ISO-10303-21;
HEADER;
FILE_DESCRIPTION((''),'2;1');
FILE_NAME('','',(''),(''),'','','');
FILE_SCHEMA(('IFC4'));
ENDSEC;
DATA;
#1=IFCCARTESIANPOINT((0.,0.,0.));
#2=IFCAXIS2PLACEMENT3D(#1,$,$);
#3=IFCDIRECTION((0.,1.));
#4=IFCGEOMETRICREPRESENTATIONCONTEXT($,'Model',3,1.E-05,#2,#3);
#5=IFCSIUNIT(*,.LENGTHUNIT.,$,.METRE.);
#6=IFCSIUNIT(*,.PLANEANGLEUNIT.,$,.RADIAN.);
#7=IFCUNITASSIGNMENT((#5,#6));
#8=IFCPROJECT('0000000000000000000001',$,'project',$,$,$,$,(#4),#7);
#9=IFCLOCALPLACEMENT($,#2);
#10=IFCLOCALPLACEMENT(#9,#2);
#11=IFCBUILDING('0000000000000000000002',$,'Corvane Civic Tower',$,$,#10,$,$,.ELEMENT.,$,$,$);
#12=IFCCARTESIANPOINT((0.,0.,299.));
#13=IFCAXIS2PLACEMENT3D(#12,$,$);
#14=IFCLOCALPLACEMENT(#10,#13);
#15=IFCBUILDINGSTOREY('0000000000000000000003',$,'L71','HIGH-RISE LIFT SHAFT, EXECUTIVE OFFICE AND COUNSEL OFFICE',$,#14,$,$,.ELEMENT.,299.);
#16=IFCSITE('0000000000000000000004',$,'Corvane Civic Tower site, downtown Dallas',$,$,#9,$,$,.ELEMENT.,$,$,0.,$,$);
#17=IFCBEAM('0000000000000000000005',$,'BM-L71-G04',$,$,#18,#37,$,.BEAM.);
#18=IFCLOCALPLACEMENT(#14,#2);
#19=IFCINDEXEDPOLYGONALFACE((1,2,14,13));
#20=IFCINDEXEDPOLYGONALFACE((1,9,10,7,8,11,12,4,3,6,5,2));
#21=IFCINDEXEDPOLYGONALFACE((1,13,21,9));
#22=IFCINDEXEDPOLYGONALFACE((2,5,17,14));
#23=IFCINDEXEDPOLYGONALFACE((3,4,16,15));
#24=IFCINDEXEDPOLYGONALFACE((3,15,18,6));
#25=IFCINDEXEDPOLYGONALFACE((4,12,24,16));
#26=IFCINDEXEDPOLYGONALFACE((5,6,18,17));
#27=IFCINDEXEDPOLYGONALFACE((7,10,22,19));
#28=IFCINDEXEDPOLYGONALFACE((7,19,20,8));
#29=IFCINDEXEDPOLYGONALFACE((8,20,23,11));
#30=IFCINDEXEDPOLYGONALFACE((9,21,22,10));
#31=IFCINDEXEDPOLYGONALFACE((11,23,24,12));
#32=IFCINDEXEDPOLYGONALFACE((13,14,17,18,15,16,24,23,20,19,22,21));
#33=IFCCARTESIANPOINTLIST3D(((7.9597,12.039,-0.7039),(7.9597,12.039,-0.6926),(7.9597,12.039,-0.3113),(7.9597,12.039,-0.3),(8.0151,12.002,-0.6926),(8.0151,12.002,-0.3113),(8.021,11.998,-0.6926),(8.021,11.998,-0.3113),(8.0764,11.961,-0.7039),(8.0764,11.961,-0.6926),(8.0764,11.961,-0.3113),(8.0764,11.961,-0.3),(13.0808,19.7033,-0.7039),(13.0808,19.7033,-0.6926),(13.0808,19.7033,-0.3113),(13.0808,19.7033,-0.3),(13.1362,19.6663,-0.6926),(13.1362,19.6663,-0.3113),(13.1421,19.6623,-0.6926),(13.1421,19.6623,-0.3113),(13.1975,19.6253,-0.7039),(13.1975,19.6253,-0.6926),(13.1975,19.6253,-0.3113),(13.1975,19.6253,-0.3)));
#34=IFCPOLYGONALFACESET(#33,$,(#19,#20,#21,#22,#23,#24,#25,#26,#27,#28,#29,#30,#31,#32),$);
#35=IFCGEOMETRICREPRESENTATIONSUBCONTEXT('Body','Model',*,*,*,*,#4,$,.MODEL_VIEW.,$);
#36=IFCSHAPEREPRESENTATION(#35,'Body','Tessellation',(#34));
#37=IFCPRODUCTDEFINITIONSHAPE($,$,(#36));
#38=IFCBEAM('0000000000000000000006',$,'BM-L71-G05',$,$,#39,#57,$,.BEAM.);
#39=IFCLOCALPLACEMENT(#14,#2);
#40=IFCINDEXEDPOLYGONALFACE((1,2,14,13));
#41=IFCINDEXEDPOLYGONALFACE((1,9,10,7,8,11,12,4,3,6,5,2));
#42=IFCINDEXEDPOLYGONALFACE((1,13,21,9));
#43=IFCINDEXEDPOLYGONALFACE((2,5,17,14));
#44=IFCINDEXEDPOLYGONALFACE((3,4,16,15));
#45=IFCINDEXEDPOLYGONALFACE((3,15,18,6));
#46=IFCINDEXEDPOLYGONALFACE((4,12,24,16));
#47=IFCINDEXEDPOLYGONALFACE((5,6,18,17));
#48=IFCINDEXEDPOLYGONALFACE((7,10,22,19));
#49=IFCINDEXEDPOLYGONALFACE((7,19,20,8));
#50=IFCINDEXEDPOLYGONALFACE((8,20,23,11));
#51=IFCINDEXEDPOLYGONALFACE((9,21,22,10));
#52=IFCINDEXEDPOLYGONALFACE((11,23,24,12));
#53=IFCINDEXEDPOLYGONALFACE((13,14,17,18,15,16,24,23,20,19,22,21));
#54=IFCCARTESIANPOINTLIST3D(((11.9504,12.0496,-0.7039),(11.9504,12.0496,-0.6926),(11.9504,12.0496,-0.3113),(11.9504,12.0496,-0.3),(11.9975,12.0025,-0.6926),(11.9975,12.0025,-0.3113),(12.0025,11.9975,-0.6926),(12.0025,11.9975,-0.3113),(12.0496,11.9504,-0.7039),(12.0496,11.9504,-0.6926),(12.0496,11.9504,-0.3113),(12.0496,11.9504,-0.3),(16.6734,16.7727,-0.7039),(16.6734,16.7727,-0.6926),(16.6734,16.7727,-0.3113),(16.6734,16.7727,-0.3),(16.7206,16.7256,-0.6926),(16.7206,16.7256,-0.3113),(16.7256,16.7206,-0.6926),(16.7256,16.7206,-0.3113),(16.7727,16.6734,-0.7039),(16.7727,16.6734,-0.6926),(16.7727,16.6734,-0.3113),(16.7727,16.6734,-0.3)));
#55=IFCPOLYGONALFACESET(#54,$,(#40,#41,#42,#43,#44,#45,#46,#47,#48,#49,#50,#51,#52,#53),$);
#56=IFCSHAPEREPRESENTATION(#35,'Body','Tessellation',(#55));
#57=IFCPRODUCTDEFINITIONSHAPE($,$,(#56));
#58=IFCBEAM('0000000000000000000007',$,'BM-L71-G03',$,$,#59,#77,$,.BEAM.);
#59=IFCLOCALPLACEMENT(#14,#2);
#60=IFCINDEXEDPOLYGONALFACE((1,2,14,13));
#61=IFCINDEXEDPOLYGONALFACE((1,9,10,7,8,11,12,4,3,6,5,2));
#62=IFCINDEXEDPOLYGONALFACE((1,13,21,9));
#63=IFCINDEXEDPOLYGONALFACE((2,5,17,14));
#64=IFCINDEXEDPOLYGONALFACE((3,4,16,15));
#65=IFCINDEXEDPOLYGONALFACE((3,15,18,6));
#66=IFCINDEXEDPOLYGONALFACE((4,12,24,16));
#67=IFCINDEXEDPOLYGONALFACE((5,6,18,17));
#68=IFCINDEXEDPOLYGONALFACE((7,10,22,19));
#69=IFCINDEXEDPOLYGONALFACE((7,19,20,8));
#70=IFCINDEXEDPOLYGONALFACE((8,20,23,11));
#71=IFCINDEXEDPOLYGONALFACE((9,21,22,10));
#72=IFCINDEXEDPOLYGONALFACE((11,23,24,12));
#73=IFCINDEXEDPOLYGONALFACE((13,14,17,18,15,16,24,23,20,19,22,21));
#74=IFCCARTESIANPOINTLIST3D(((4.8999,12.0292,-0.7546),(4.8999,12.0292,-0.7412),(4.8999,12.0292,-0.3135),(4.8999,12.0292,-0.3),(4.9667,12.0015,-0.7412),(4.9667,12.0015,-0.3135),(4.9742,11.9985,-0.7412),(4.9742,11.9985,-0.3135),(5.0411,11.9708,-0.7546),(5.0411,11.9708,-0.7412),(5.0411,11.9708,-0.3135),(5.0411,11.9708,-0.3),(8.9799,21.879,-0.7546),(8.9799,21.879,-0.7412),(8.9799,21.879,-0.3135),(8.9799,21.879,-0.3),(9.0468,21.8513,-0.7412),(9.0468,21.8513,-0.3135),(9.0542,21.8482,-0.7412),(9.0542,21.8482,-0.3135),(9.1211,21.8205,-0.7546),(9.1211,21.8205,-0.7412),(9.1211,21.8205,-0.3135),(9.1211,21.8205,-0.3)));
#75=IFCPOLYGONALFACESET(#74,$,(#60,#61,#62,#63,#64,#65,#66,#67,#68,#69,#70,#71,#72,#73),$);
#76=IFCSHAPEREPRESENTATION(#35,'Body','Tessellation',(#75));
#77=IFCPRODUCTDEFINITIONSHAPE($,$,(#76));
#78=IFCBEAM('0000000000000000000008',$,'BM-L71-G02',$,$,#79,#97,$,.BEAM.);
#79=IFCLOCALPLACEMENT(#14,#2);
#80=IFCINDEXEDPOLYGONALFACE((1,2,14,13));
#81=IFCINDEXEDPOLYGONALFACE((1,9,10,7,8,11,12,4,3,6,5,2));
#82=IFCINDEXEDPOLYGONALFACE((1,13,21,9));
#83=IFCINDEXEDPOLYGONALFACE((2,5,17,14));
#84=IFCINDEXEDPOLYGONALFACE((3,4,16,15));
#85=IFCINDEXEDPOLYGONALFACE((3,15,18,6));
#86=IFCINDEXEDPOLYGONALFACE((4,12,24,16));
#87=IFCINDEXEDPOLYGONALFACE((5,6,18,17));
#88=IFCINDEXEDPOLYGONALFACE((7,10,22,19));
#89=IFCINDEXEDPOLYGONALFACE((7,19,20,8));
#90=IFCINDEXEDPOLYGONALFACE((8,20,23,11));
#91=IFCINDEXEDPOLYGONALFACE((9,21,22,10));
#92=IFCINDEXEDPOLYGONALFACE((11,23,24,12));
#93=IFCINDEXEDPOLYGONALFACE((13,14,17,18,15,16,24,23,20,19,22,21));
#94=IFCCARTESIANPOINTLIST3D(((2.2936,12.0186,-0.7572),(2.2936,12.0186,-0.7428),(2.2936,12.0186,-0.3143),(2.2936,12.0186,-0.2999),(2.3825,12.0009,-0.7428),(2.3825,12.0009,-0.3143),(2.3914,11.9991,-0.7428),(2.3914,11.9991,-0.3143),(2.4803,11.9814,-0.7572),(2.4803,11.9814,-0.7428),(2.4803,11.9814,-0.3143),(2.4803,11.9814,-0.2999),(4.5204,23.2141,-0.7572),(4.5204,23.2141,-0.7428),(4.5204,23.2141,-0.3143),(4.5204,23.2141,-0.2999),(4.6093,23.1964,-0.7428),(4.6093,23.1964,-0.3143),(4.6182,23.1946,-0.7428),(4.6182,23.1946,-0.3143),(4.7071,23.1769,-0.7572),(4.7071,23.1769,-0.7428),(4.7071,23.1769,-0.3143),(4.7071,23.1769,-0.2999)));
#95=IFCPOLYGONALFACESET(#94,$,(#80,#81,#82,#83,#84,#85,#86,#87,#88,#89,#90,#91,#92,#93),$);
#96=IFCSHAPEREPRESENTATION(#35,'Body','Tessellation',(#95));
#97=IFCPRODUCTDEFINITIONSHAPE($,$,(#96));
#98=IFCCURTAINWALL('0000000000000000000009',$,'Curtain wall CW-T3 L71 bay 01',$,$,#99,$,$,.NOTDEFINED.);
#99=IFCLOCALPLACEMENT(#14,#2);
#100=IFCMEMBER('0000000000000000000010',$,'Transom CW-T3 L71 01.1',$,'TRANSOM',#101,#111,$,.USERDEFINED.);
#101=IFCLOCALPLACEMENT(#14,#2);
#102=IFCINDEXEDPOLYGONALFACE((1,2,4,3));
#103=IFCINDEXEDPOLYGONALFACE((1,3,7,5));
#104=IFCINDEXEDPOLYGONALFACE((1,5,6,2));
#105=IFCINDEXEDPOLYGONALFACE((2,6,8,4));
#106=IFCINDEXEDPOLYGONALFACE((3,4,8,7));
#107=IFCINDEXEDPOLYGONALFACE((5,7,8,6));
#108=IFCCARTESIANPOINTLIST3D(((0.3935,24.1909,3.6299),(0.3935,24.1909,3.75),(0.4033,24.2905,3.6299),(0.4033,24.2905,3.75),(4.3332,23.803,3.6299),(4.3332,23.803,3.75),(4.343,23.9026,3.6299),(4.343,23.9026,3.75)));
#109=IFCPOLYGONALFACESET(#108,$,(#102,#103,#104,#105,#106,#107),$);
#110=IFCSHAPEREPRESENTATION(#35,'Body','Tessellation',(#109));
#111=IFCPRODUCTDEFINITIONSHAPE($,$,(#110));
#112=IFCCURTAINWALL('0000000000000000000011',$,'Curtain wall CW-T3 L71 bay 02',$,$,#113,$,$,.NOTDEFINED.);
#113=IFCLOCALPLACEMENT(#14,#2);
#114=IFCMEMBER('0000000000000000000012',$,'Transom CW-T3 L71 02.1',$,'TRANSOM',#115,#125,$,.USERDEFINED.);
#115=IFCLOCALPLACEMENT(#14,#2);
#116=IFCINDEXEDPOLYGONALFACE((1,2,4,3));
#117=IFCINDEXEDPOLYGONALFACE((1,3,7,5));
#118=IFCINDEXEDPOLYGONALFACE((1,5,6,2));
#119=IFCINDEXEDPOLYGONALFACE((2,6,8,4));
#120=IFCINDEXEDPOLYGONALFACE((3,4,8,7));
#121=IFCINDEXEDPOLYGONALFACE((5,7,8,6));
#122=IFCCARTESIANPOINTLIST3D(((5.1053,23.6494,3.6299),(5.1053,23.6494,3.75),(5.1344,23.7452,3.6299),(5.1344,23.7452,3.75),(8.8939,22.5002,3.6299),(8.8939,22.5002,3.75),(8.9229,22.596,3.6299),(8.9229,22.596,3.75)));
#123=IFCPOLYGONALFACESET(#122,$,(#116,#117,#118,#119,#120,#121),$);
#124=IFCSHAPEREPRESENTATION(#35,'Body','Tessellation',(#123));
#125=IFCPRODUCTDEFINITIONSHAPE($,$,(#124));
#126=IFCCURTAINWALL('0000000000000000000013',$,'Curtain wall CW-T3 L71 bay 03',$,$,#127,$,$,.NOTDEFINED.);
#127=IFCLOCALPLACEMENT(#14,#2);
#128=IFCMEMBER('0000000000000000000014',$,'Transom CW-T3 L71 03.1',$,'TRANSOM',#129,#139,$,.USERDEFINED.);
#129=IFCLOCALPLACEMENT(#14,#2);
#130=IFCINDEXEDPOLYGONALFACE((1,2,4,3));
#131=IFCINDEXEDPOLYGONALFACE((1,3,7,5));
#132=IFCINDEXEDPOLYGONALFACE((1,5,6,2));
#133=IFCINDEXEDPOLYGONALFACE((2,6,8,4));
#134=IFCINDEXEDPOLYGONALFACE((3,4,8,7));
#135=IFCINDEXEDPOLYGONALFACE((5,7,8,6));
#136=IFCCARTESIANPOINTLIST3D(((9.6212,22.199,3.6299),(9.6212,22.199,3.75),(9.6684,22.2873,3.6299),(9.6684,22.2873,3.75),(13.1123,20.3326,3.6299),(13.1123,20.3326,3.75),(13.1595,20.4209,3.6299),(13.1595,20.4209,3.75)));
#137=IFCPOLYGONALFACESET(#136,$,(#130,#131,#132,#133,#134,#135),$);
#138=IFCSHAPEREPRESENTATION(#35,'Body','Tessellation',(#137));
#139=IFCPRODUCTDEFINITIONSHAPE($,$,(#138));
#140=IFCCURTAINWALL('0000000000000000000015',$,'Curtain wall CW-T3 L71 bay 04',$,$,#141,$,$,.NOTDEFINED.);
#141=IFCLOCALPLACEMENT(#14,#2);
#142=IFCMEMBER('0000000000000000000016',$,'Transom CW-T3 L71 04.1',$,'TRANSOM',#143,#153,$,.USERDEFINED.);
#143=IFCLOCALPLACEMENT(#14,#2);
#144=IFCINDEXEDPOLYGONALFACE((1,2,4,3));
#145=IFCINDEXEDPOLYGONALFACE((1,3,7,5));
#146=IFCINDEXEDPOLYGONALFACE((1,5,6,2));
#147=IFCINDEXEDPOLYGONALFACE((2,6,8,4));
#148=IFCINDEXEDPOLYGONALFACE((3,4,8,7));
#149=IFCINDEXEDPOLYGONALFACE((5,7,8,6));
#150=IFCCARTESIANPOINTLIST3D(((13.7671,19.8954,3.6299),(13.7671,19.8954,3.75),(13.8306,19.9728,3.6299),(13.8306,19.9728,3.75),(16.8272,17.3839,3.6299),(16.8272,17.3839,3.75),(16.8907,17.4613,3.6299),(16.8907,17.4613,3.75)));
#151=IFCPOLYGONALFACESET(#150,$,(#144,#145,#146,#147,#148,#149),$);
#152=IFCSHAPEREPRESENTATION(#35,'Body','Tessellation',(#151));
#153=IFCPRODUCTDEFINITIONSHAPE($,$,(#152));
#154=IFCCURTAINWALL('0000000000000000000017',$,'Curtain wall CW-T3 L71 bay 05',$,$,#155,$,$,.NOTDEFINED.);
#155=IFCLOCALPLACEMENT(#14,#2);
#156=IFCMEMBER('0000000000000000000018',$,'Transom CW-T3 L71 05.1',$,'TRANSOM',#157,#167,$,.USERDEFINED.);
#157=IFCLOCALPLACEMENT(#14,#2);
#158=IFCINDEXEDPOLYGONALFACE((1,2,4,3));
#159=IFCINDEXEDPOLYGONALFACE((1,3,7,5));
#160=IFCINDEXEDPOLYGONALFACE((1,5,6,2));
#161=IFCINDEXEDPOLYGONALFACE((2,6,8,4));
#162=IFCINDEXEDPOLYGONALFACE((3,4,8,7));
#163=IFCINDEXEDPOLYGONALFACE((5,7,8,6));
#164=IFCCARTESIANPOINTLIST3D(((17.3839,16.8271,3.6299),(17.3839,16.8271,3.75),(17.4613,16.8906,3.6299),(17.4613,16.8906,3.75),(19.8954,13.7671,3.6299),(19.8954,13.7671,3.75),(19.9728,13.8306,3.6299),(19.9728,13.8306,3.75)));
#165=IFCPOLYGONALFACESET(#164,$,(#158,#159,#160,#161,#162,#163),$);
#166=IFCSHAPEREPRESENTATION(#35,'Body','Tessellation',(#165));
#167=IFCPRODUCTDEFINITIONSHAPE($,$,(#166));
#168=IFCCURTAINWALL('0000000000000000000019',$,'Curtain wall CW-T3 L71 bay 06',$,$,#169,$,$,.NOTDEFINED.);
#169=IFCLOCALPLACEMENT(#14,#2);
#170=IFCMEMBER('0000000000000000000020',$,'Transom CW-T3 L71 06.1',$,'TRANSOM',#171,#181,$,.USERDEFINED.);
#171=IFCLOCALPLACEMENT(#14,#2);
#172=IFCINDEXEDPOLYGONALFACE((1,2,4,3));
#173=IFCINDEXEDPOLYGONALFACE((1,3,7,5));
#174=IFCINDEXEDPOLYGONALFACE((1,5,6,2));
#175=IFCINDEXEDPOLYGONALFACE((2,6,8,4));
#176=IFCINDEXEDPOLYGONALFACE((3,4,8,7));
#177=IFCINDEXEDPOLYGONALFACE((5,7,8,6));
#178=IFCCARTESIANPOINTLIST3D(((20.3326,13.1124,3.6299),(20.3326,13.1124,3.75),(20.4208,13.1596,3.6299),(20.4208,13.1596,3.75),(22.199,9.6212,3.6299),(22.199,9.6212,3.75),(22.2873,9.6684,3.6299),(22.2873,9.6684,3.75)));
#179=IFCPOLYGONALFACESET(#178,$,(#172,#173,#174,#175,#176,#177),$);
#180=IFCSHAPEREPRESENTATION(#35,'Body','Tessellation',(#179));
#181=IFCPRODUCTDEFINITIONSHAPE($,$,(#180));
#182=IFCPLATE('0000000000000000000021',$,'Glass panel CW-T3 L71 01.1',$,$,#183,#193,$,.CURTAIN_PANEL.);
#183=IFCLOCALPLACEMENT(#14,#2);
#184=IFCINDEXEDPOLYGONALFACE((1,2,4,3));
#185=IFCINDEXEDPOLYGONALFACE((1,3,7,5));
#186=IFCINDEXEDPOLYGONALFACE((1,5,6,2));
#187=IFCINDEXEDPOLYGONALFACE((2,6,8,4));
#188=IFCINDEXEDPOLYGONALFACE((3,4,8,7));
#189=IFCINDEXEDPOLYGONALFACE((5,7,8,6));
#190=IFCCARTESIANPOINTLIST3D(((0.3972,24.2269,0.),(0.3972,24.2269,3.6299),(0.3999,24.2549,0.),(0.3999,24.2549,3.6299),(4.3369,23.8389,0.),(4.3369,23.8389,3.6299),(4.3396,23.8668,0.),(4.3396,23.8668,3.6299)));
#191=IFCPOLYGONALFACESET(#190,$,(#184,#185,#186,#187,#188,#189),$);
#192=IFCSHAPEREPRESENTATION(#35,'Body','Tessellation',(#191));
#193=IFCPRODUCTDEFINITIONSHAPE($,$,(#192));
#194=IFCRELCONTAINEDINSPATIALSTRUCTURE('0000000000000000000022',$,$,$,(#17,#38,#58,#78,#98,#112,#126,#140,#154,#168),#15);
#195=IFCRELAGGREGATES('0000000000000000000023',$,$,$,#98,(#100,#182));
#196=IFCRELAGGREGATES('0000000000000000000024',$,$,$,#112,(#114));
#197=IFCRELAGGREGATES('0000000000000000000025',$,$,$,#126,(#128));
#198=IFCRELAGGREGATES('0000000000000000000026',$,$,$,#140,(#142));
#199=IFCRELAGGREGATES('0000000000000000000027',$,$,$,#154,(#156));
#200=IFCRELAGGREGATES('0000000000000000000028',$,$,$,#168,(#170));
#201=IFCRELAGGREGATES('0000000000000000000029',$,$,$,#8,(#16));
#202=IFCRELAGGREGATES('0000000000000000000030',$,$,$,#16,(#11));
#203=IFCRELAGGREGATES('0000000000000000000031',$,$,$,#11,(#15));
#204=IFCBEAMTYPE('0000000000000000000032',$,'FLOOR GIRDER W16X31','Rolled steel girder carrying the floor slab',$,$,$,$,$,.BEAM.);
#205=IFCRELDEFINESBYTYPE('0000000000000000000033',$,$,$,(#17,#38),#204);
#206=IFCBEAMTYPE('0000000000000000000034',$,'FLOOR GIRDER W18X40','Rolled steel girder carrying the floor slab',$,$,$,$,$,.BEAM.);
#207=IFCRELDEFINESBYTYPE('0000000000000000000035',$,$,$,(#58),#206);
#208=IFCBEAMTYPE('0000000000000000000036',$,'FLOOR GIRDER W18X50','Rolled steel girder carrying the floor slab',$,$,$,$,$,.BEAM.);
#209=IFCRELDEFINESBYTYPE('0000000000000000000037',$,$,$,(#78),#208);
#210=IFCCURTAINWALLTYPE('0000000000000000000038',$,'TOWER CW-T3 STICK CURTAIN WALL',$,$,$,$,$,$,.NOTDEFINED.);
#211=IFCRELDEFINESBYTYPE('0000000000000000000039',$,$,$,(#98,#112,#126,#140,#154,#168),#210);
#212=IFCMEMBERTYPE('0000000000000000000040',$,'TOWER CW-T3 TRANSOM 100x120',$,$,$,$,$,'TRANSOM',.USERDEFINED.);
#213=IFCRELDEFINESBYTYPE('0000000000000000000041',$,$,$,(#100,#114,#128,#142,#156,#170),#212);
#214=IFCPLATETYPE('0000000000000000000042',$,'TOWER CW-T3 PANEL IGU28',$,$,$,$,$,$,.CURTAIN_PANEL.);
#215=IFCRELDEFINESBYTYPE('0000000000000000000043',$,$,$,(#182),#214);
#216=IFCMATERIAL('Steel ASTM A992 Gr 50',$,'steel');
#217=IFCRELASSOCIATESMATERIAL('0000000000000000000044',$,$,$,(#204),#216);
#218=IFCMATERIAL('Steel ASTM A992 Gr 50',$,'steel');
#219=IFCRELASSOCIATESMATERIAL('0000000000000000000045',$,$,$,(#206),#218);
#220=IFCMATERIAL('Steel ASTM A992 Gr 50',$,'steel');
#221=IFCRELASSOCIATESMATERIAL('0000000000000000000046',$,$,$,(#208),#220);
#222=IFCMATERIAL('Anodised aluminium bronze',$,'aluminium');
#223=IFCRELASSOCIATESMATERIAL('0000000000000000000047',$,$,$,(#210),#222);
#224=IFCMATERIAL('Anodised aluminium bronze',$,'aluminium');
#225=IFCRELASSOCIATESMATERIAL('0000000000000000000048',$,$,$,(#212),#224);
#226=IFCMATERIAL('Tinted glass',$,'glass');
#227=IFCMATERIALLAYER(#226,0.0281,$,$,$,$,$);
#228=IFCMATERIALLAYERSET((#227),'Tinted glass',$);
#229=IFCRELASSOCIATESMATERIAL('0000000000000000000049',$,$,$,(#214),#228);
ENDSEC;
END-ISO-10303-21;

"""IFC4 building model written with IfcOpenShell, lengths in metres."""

from ifc_helpers import new_model, si_unit, direction, frame, origin, origin_2d, place, context, subcontext, project, spatial, rectangle, i_section, extrude, material, layer, layer_set, material_profile, profile_set, type_object, element, aggregate, save


model = new_model("IFC4")

# Units and contexts
model_context = context("Model", 3, precision=1e-05, world=origin(), true_north=direction((0.0, 1.0)))
body_context = subcontext(model_context, "Body", "Model", "MODEL_VIEW")
ifc_project = project(units=[si_unit("LENGTHUNIT", "METRE"), si_unit("PLANEANGLEUNIT", "RADIAN")], contexts=[model_context])

# Site, building, storey
site_placement = place(None, origin())
site = spatial("IfcSite", under=ifc_project, at=site_placement, Name="Corvane Civic Tower site, downtown Dallas", CompositionType="ELEMENT", RefElevation=0.0)
building_placement = place(site_placement, origin())
building = spatial("IfcBuilding", under=site, at=building_placement, Name="Corvane Civic Tower", CompositionType="ELEMENT")
storey_placement = place(building_placement, frame((0.0, 0.0, 299.0)))
storey = spatial("IfcBuildingStorey", under=building, at=storey_placement, Name="L71", Description="HIGH-RISE LIFT SHAFT, EXECUTIVE OFFICE AND COUNSEL OFFICE", CompositionType="ELEMENT", Elevation=299.0)

# Beams
ifc_material_1 = material(Name="Steel ASTM A992 Gr 50", Category="steel")
ifc_material_profile_1 = material_profile(ifc_material_1, i_section(OverallWidth=0.1404, OverallDepth=0.4038, WebThickness=0.0071, FlangeThickness=0.0112, at=origin_2d()), Name="W16X31")
ifc_profile_set_1 = profile_set([ifc_material_profile_1], Name="Steel ASTM A992 Gr 50")
beam_type_1 = type_object("IfcBeamType", Name="FLOOR GIRDER W16X31", Description="Rolled steel girder carrying the floor slab", PredefinedType="BEAM", material=ifc_profile_set_1)
beam_1_placement = place(storey_placement, frame((8.0181, 12.0, -0.502), z_axis=(0.555568, 0.831471, 0.0), x_axis=(-0.831471, 0.555568, 0.0)))
element("IfcBeam", 1, at=beam_1_placement, inside=storey, type_object=beam_type_1, Name="BM-L71-G04", PredefinedType="BEAM", context=body_context, shape_type="SweptSolid", body=[
    extrude(i_section(OverallWidth=0.1404, OverallDepth=0.4038, WebThickness=0.0071, FlangeThickness=0.0112, at=origin_2d()), origin(), (0.0, 0.0, 1.0), 9.2178),
])
beam_2_placement = place(storey_placement, frame((12.0, 12.0, -0.502), z_axis=(0.707107, 0.707107, 0.0), x_axis=(-0.707107, 0.707107, 0.0)))
element("IfcBeam", 2, at=beam_2_placement, inside=storey, type_object=beam_type_1, Name="BM-L71-G05", PredefinedType="BEAM", context=body_context, shape_type="SweptSolid", body=[
    extrude(i_section(OverallWidth=0.1404, OverallDepth=0.4038, WebThickness=0.0071, FlangeThickness=0.0112, at=origin_2d()), origin(), (0.0, 0.0, 1.0), 6.6794),
])
ifc_material_2 = material(Name="Steel ASTM A992 Gr 50", Category="steel")
ifc_material_profile_2 = material_profile(ifc_material_2, i_section(OverallWidth=0.1528, OverallDepth=0.4546, WebThickness=0.0081, FlangeThickness=0.0134, at=origin_2d()), Name="W18X40")
ifc_profile_set_2 = profile_set([ifc_material_profile_2], Name="Steel ASTM A992 Gr 50")
beam_type_2 = type_object("IfcBeamType", Name="FLOOR GIRDER W18X40", Description="Rolled steel girder carrying the floor slab", PredefinedType="BEAM", material=ifc_profile_set_2)
beam_3_placement = place(storey_placement, frame((4.9705, 12.0, -0.5273), z_axis=(0.382694, 0.923875, 0.0), x_axis=(-0.923875, 0.382694, 0.0)))
element("IfcBeam", 3, at=beam_3_placement, inside=storey, type_object=beam_type_2, Name="BM-L71-G03", PredefinedType="BEAM", context=body_context, shape_type="SweptSolid", body=[
    extrude(i_section(OverallWidth=0.1528, OverallDepth=0.4546, WebThickness=0.0081, FlangeThickness=0.0134, at=origin_2d()), origin(), (0.0, 0.0, 1.0), 10.6614),
])
ifc_material_3 = material(Name="Steel ASTM A992 Gr 50", Category="steel")
ifc_material_profile_3 = material_profile(ifc_material_3, i_section(OverallWidth=0.1904, OverallDepth=0.4573, WebThickness=0.009, FlangeThickness=0.0144, at=origin_2d()), Name="W18X50")
ifc_profile_set_3 = profile_set([ifc_material_profile_3], Name="Steel ASTM A992 Gr 50")
beam_type_3 = type_object("IfcBeamType", Name="FLOOR GIRDER W18X50", Description="Rolled steel girder carrying the floor slab", PredefinedType="BEAM", material=ifc_profile_set_3)
beam_4_placement = place(storey_placement, frame((2.387, 12.0, -0.5286), z_axis=(0.19508, 0.980787, 0.0), x_axis=(-0.980787, 0.19508, 0.0)))
element("IfcBeam", 4, at=beam_4_placement, inside=storey, type_object=beam_type_3, Name="BM-L71-G02", PredefinedType="BEAM", context=body_context, shape_type="SweptSolid", body=[
    extrude(i_section(OverallWidth=0.1904, OverallDepth=0.4573, WebThickness=0.009, FlangeThickness=0.0144, at=origin_2d()), origin(), (0.0, 0.0, 1.0), 11.4148),
])

# Curtain walls, members
ifc_material_4 = material(Name="Anodised aluminium bronze", Category="aluminium")
curtain_wall_type = type_object("IfcCurtainWallType", Name="TOWER CW-T3 STICK CURTAIN WALL", PredefinedType="NOTDEFINED", material=ifc_material_4)
curtain_wall_1_placement = place(storey_placement, origin())
curtain_wall_1 = element("IfcCurtainWall", 5, at=curtain_wall_1_placement, inside=storey, type_object=curtain_wall_type, Name="Curtain wall CW-T3 L71 bay 01", PredefinedType="NOTDEFINED")
ifc_material_5 = material(Name="Anodised aluminium bronze", Category="aluminium")
ifc_material_profile_4 = material_profile(ifc_material_5, rectangle(XDim=0.1001, YDim=0.1201, at=origin_2d()), Name="TOWER CW-T3 TRANSOM 100x120")
ifc_profile_set_4 = profile_set([ifc_material_profile_4], Name="Anodised aluminium bronze")
member_type = type_object("IfcMemberType", Name="TOWER CW-T3 TRANSOM 100x120", ElementType="TRANSOM", PredefinedType="USERDEFINED", material=ifc_profile_set_4)
member_1_placement = place(storey_placement, frame((0.3984, 24.2407, 3.6899), z_axis=(0.995187, -0.097995, 0.0), x_axis=(0.097995, 0.995187, 0.0)))
member_1 = element("IfcMember", 6, at=member_1_placement, type_object=member_type, Name="Transom CW-T3 L71 01.1", ObjectType="TRANSOM", PredefinedType="USERDEFINED", context=body_context, shape_type="SweptSolid", body=[
    extrude(rectangle(XDim=0.1001, YDim=0.1201, at=origin_2d()), origin(), (0.0, 0.0, 1.0), 3.9587),
])
curtain_wall_2_placement = place(storey_placement, origin())
curtain_wall_2 = element("IfcCurtainWall", 7, at=curtain_wall_2_placement, inside=storey, type_object=curtain_wall_type, Name="Curtain wall CW-T3 L71 bay 02", PredefinedType="NOTDEFINED")
member_2_placement = place(storey_placement, frame((5.1199, 23.6973, 3.6899), z_axis=(0.956946, -0.290266, 0.0), x_axis=(0.290266, 0.956946, 0.0)))
member_2 = element("IfcMember", 8, at=member_2_placement, type_object=member_type, Name="Transom CW-T3 L71 02.1", ObjectType="TRANSOM", PredefinedType="USERDEFINED", context=body_context, shape_type="SweptSolid", body=[
    extrude(rectangle(XDim=0.1001, YDim=0.1201, at=origin_2d()), origin(), (0.0, 0.0, 1.0), 3.959),
])
curtain_wall_3_placement = place(storey_placement, origin())
curtain_wall_3 = element("IfcCurtainWall", 9, at=curtain_wall_3_placement, inside=storey, type_object=curtain_wall_type, Name="Curtain wall CW-T3 L71 bay 03", PredefinedType="NOTDEFINED")
member_3_placement = place(storey_placement, frame((9.6448, 22.2432, 3.6899), z_axis=(0.881883, -0.471468, 0.0), x_axis=(0.471468, 0.881883, 0.0)))
member_3 = element("IfcMember", 10, at=member_3_placement, type_object=member_type, Name="Transom CW-T3 L71 03.1", ObjectType="TRANSOM", PredefinedType="USERDEFINED", context=body_context, shape_type="SweptSolid", body=[
    extrude(rectangle(XDim=0.1001, YDim=0.1201, at=origin_2d()), origin(), (0.0, 0.0, 1.0), 3.9587),
])
curtain_wall_4_placement = place(storey_placement, origin())
curtain_wall_4 = element("IfcCurtainWall", 11, at=curtain_wall_4_placement, inside=storey, type_object=curtain_wall_type, Name="Curtain wall CW-T3 L71 bay 04", PredefinedType="NOTDEFINED")
member_4_placement = place(storey_placement, frame((13.7988, 19.9341, 3.6899), z_axis=(0.772992, -0.634416, 0.0), x_axis=(0.634416, 0.772992, 0.0)))
member_4 = element("IfcMember", 12, at=member_4_placement, type_object=member_type, Name="Transom CW-T3 L71 04.1", ObjectType="TRANSOM", PredefinedType="USERDEFINED", context=body_context, shape_type="SweptSolid", body=[
    extrude(rectangle(XDim=0.1001, YDim=0.1201, at=origin_2d()), origin(), (0.0, 0.0, 1.0), 3.9587),
])
curtain_wall_5_placement = place(storey_placement, origin())
curtain_wall_5 = element("IfcCurtainWall", 13, at=curtain_wall_5_placement, inside=storey, type_object=curtain_wall_type, Name="Curtain wall CW-T3 L71 bay 05", PredefinedType="NOTDEFINED")
member_5_placement = place(storey_placement, frame((17.4226, 16.8589, 3.6899), z_axis=(0.634416, -0.772992, 0.0), x_axis=(0.772992, 0.634416, 0.0)))
member_5 = element("IfcMember", 14, at=member_5_placement, type_object=member_type, Name="Transom CW-T3 L71 05.1", ObjectType="TRANSOM", PredefinedType="USERDEFINED", context=body_context, shape_type="SweptSolid", body=[
    extrude(rectangle(XDim=0.1001, YDim=0.1201, at=origin_2d()), origin(), (0.0, 0.0, 1.0), 3.9587),
])
curtain_wall_6_placement = place(storey_placement, origin())
curtain_wall_6 = element("IfcCurtainWall", 15, at=curtain_wall_6_placement, inside=storey, type_object=curtain_wall_type, Name="Curtain wall CW-T3 L71 bay 06", PredefinedType="NOTDEFINED")
member_6_placement = place(storey_placement, frame((20.3767, 13.136, 3.6899), z_axis=(0.471468, -0.881883, 0.0), x_axis=(0.881883, 0.471468, 0.0)))
member_6 = element("IfcMember", 16, at=member_6_placement, type_object=member_type, Name="Transom CW-T3 L71 06.1", ObjectType="TRANSOM", PredefinedType="USERDEFINED", context=body_context, shape_type="SweptSolid", body=[
    extrude(rectangle(XDim=0.1001, YDim=0.1201, at=origin_2d()), origin(), (0.0, 0.0, 1.0), 3.9587),
])

# Plate
ifc_material_6 = material(Name="Tinted glass", Category="glass")
ifc_layer_1 = layer(ifc_material_6, 0.0281)
ifc_layer_set_1 = layer_set([ifc_layer_1], Name="Tinted glass")
plate_type = type_object("IfcPlateType", Name="TOWER CW-T3 PANEL IGU28", PredefinedType="CURTAIN_PANEL", material=ifc_layer_set_1)
plate_1_placement = place(storey_placement, frame((2.3684, 24.0469, 0.0), z_axis=(0.0, 0.0, 1.0), x_axis=(0.995184, -0.098021, 0.0)))
plate_1 = element("IfcPlate", 17, at=plate_1_placement, type_object=plate_type, Name="Glass panel CW-T3 L71 01.1", PredefinedType="CURTAIN_PANEL", context=body_context, shape_type="SweptSolid", body=[
    extrude(rectangle(XDim=3.9587, YDim=0.0281, at=origin_2d()), origin(), (0.0, 0.0, 1.0), 3.6299),
])
aggregate(curtain_wall_1, [member_1, plate_1])
aggregate(curtain_wall_2, [member_2])
aggregate(curtain_wall_3, [member_3])
aggregate(curtain_wall_4, [member_4])
aggregate(curtain_wall_5, [member_5])
aggregate(curtain_wall_6, [member_6])

save(model, "model.ifc")
